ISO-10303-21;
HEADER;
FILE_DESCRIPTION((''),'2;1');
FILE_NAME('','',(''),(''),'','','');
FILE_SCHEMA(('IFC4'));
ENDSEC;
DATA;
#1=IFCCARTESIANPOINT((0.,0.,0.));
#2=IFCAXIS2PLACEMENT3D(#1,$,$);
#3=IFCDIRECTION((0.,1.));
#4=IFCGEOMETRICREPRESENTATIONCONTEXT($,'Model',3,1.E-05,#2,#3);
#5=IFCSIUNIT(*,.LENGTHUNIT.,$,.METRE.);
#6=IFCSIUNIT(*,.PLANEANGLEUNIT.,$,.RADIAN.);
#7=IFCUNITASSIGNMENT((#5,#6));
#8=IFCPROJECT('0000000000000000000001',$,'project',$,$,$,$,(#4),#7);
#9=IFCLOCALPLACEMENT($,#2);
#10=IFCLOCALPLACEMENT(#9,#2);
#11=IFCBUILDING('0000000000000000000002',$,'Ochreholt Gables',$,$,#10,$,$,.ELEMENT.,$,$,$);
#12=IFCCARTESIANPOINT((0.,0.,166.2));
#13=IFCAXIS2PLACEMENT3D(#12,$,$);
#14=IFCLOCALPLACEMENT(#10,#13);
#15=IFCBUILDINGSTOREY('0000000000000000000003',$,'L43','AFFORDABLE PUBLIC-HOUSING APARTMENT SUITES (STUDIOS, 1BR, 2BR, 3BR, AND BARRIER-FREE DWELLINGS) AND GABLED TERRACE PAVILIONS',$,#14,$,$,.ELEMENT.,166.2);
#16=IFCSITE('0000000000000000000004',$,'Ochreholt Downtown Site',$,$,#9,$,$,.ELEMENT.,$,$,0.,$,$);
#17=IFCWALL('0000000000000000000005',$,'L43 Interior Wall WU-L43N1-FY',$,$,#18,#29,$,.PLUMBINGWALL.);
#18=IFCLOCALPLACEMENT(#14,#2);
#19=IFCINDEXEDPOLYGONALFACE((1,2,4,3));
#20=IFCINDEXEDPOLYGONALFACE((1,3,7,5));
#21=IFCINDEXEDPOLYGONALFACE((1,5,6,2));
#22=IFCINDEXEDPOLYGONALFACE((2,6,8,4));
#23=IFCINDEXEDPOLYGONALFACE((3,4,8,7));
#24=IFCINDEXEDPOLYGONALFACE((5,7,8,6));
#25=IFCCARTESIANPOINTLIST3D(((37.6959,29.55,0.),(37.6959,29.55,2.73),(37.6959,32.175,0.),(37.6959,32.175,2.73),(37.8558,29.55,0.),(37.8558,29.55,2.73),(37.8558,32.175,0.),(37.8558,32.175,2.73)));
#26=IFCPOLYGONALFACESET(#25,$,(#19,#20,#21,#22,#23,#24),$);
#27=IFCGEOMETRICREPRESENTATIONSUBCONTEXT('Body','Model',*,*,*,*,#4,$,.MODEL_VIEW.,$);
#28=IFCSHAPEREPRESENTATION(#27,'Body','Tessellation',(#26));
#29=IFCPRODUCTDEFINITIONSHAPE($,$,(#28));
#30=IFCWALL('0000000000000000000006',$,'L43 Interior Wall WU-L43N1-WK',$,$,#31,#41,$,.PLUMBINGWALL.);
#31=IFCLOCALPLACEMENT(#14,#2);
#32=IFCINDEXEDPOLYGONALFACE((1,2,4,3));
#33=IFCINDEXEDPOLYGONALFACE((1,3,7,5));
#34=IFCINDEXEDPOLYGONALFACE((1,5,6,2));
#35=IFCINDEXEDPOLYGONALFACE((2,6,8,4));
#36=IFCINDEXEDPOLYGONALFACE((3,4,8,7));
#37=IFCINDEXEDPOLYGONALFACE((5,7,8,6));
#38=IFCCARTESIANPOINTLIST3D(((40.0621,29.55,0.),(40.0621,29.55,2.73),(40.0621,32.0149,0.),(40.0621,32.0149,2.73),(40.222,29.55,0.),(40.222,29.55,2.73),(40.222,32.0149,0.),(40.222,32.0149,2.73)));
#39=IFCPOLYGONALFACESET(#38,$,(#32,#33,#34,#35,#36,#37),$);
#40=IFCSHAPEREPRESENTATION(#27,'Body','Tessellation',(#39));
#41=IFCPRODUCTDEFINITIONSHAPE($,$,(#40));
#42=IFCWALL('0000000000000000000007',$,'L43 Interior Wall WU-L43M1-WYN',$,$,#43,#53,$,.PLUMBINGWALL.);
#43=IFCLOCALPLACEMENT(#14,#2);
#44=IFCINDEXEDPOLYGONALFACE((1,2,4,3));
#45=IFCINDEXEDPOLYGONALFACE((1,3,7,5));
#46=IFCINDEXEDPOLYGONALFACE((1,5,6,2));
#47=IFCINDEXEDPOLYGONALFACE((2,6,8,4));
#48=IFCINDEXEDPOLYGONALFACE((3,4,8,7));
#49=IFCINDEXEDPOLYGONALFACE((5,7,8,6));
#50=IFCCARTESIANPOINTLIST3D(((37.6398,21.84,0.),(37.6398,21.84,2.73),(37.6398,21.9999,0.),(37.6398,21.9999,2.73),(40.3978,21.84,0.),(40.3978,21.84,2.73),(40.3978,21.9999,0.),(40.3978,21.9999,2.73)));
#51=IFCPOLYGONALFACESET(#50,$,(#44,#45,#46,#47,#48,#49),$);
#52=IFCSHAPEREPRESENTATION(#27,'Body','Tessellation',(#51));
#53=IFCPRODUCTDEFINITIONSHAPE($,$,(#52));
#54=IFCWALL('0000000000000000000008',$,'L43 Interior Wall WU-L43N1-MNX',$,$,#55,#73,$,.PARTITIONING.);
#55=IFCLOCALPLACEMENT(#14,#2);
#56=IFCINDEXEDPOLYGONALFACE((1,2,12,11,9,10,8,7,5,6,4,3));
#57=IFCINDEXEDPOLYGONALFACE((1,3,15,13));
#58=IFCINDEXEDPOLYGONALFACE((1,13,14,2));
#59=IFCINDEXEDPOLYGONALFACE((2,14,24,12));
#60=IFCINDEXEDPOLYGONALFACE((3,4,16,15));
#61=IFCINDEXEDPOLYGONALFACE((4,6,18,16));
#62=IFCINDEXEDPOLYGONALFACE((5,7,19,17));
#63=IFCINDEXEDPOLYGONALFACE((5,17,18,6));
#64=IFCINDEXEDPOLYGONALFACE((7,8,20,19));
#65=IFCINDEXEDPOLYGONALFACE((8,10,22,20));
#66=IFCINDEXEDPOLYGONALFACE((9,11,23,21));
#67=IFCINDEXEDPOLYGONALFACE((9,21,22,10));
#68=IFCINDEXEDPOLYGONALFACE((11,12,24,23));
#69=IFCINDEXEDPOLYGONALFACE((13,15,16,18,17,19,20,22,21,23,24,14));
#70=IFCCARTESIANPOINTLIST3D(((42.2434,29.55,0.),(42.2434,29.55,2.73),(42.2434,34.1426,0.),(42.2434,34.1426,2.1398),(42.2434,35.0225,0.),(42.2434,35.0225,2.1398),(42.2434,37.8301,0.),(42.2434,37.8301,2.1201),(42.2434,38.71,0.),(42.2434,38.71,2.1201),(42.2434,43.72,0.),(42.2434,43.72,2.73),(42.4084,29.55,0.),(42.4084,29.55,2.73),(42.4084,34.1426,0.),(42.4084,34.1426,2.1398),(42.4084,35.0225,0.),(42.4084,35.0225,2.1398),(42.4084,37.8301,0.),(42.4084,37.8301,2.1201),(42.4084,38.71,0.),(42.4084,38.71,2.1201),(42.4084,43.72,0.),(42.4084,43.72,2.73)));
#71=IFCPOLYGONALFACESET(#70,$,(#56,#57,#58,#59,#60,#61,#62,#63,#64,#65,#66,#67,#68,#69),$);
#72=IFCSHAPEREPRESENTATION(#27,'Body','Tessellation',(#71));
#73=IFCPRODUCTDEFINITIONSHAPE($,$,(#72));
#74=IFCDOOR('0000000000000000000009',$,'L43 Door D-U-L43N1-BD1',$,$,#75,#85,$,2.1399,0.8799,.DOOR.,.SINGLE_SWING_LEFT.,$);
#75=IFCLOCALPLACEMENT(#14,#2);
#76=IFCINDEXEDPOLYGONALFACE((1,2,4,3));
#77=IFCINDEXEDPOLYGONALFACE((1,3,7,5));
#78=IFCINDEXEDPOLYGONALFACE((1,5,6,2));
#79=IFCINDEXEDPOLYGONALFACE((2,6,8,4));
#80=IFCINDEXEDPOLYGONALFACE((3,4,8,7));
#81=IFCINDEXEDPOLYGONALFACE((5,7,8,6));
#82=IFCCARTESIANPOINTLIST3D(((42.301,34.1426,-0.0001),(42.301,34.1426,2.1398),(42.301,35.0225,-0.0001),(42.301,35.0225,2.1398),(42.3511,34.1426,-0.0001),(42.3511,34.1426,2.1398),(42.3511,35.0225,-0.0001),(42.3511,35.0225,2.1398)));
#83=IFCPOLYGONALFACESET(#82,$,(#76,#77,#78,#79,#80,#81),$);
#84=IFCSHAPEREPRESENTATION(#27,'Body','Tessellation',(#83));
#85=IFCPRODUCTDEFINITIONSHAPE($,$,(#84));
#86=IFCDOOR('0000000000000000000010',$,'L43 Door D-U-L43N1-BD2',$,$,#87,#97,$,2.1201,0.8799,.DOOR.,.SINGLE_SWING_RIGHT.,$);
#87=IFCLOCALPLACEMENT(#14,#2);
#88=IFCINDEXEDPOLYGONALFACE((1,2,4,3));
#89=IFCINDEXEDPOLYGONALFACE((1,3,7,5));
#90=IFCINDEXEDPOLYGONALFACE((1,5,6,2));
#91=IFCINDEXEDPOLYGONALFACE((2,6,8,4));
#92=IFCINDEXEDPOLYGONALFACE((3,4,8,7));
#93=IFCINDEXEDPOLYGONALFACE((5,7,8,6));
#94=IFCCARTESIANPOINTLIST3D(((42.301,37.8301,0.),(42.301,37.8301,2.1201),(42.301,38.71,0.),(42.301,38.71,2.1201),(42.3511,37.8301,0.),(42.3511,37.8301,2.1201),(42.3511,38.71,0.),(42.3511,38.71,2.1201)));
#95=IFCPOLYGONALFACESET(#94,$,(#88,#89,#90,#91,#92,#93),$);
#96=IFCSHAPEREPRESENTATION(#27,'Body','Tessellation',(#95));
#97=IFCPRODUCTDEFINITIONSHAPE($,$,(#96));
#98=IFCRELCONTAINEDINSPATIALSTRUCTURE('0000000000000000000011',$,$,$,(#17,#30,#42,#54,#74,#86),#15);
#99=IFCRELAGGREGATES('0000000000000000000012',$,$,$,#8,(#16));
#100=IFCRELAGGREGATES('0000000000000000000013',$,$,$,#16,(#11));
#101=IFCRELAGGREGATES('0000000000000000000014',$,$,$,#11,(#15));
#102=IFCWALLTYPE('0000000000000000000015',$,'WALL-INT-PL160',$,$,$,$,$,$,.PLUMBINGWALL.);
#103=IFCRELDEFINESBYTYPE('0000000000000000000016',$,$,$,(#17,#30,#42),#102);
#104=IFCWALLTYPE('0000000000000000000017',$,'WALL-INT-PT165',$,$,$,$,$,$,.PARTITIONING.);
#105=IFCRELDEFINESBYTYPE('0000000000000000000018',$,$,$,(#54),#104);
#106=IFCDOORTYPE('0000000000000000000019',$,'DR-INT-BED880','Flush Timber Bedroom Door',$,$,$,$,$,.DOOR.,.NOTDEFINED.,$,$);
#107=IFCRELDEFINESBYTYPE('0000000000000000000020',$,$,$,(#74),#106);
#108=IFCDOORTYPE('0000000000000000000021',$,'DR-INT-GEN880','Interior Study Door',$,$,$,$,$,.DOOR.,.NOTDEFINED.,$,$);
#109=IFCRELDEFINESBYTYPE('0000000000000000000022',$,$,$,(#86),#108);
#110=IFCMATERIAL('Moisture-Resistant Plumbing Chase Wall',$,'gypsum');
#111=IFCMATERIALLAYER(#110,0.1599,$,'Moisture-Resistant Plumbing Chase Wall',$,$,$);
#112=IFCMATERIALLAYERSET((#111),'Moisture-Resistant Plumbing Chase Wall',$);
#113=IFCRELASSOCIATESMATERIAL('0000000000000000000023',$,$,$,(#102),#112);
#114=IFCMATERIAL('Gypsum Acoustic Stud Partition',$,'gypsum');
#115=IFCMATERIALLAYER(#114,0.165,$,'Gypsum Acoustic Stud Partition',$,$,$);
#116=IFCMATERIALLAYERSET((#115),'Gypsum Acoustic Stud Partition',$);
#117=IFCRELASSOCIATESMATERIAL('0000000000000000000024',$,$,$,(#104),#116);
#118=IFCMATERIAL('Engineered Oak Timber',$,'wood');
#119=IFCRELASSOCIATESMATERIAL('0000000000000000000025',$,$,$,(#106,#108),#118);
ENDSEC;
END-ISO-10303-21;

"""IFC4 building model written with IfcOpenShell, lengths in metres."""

from ifc_helpers import new_model, si_unit, direction, frame, frame_2d, origin, place, context, subcontext, project, spatial, rectangle, extrude, material, layer, layer_set, type_object, element, fill, save


model = new_model("IFC4")

# Units and contexts
model_context = context("Model", 3, precision=1e-05, world=origin(), true_north=direction((0.0, 1.0)))
body_context = subcontext(model_context, "Body", "Model", "MODEL_VIEW")
ifc_project = project(units=[si_unit("LENGTHUNIT", "METRE"), si_unit("PLANEANGLEUNIT", "RADIAN")], contexts=[model_context])

# Site, building, storey
site_placement = place(None, origin())
site = spatial("IfcSite", under=ifc_project, at=site_placement, Name="Ochreholt Downtown Site", CompositionType="ELEMENT", RefElevation=0.0)
building_placement = place(site_placement, origin())
building = spatial("IfcBuilding", under=site, at=building_placement, Name="Ochreholt Gables", CompositionType="ELEMENT")
storey_placement = place(building_placement, frame((0.0, 0.0, 166.2)))
storey = spatial("IfcBuildingStorey", under=building, at=storey_placement, Name="L43", Description="AFFORDABLE PUBLIC-HOUSING APARTMENT SUITES (STUDIOS, 1BR, 2BR, 3BR, AND BARRIER-FREE DWELLINGS) AND GABLED TERRACE PAVILIONS", CompositionType="ELEMENT", Elevation=166.2)

# Shared definitions
ifc_material_1 = material(Name="Engineered Oak Timber", Category="wood")

# Walls
ifc_material_2 = material(Name="Moisture-Resistant Plumbing Chase Wall", Category="gypsum")
ifc_layer_1 = layer(ifc_material_2, 0.1599, Name="Moisture-Resistant Plumbing Chase Wall")
ifc_layer_set_1 = layer_set([ifc_layer_1], Name="Moisture-Resistant Plumbing Chase Wall")
wall_type_1 = type_object("IfcWallType", Name="WALL-INT-PL160", PredefinedType="PLUMBINGWALL", material=ifc_layer_set_1)
wall_1_placement = place(storey_placement, frame((37.7759, 29.55, 0.0), z_axis=(0.0, 0.0, 1.0), x_axis=(0.0, 1.0, 0.0)))
element("IfcWall", 1, at=wall_1_placement, inside=storey, type_object=wall_type_1, Name="L43 Interior Wall WU-L43N1-FY", PredefinedType="PLUMBINGWALL", context=body_context, shape_type="SweptSolid", body=[
    extrude(rectangle(XDim=2.625, YDim=0.1599, at=frame_2d((1.3125, 0.0))), origin(), (0.0, 0.0, 1.0), 2.73),
])
wall_2_placement = place(storey_placement, frame((40.1421, 29.55, 0.0), z_axis=(0.0, 0.0, 1.0), x_axis=(0.0, 1.0, 0.0)))
element("IfcWall", 2, at=wall_2_placement, inside=storey, type_object=wall_type_1, Name="L43 Interior Wall WU-L43N1-WK", PredefinedType="PLUMBINGWALL", context=body_context, shape_type="SweptSolid", body=[
    extrude(rectangle(XDim=2.4648, YDim=0.1599, at=frame_2d((1.2324, 0.0))), origin(), (0.0, 0.0, 1.0), 2.73),
])
wall_3_placement = place(storey_placement, frame((37.6399, 21.9199, 0.0), z_axis=(0.0, 0.0, 1.0), x_axis=(1.0, 0.0, 0.0)))
element("IfcWall", 3, at=wall_3_placement, inside=storey, type_object=wall_type_1, Name="L43 Interior Wall WU-L43M1-WYN", PredefinedType="PLUMBINGWALL", context=body_context, shape_type="SweptSolid", body=[
    extrude(rectangle(XDim=2.7581, YDim=0.1599, at=frame_2d((1.3789, 0.0))), origin(), (0.0, 0.0, 1.0), 2.73),
])

# Wall, openings, doors
ifc_material_3 = material(Name="Gypsum Acoustic Stud Partition", Category="gypsum")
ifc_layer_2 = layer(ifc_material_3, 0.165, Name="Gypsum Acoustic Stud Partition")
ifc_layer_set_2 = layer_set([ifc_layer_2], Name="Gypsum Acoustic Stud Partition")
wall_type_2 = type_object("IfcWallType", Name="WALL-INT-PT165", PredefinedType="PARTITIONING", material=ifc_layer_set_2)
wall_4_placement = place(storey_placement, frame((42.3259, 29.55, 0.0), z_axis=(0.0, 0.0, 1.0), x_axis=(0.0, 1.0, 0.0)))
wall_4 = element("IfcWall", 4, at=wall_4_placement, inside=storey, type_object=wall_type_2, Name="L43 Interior Wall WU-L43N1-MNX", PredefinedType="PARTITIONING", context=body_context, shape_type="SweptSolid", body=[
    extrude(rectangle(XDim=14.1699, YDim=0.165, at=frame_2d((7.085, 0.0))), origin(), (0.0, 0.0, 1.0), 2.73),
])
opening_1_placement = place(wall_4_placement, frame((4.5925, 0.0, 0.0)))
opening_1 = element("IfcOpeningElement", 5, at=opening_1_placement, cuts=wall_4, PredefinedType="OPENING", context=body_context, shape_type="SweptSolid", body=[
    extrude(rectangle(XDim=0.8799, YDim=2.1399, at=frame_2d((0.4399, 1.0698))), frame((0.0, 0.0925, 0.0), z_axis=(0.0, -1.0, 0.0), x_axis=(1.0, 0.0, 0.0)), (0.0, 0.0, 1.0), 0.1851),
])
opening_2_placement = place(wall_4_placement, frame((8.28, 0.0, 0.0)))
opening_2 = element("IfcOpeningElement", 6, at=opening_2_placement, cuts=wall_4, PredefinedType="OPENING", context=body_context, shape_type="SweptSolid", body=[
    extrude(rectangle(XDim=0.8799, YDim=2.1201, at=frame_2d((0.4399, 1.0601))), frame((0.0, 0.0925, 0.0), z_axis=(0.0, -1.0, 0.0), x_axis=(1.0, 0.0, 0.0)), (0.0, 0.0, 1.0), 0.1851),
])
door_type_1 = type_object("IfcDoorType", Name="DR-INT-BED880", Description="Flush Timber Bedroom Door", OperationType="NOTDEFINED", PredefinedType="DOOR", material=ifc_material_1)
door_1_placement = place(opening_1_placement, origin())
door_1 = element("IfcDoor", 7, at=door_1_placement, inside=storey, type_object=door_type_1, Name="L43 Door D-U-L43N1-BD1", OperationType="SINGLE_SWING_LEFT", OverallHeight=2.1399, OverallWidth=0.8799, PredefinedType="DOOR", context=body_context, shape_type="SweptSolid", body=[
    extrude(rectangle(XDim=0.8799, YDim=2.1399, at=frame_2d((0.4399, 1.0698))), frame((0.0, 0.0249, 0.0), z_axis=(0.0, -1.0, 0.0), x_axis=(1.0, 0.0, 0.0)), (0.0, 0.0, 1.0), 0.05),
])
fill(opening_1, door_1)
door_type_2 = type_object("IfcDoorType", Name="DR-INT-GEN880", Description="Interior Study Door", OperationType="NOTDEFINED", PredefinedType="DOOR", material=ifc_material_1)
door_2_placement = place(opening_2_placement, origin())
door_2 = element("IfcDoor", 8, at=door_2_placement, inside=storey, type_object=door_type_2, Name="L43 Door D-U-L43N1-BD2", OperationType="SINGLE_SWING_RIGHT", OverallHeight=2.1201, OverallWidth=0.8799, PredefinedType="DOOR", context=body_context, shape_type="SweptSolid", body=[
    extrude(rectangle(XDim=0.8799, YDim=2.1201, at=frame_2d((0.4399, 1.0601))), frame((0.0, 0.0249, 0.0), z_axis=(0.0, -1.0, 0.0), x_axis=(1.0, 0.0, 0.0)), (0.0, 0.0, 1.0), 0.05),
])
fill(opening_2, door_2)

save(model, "model.ifc")
